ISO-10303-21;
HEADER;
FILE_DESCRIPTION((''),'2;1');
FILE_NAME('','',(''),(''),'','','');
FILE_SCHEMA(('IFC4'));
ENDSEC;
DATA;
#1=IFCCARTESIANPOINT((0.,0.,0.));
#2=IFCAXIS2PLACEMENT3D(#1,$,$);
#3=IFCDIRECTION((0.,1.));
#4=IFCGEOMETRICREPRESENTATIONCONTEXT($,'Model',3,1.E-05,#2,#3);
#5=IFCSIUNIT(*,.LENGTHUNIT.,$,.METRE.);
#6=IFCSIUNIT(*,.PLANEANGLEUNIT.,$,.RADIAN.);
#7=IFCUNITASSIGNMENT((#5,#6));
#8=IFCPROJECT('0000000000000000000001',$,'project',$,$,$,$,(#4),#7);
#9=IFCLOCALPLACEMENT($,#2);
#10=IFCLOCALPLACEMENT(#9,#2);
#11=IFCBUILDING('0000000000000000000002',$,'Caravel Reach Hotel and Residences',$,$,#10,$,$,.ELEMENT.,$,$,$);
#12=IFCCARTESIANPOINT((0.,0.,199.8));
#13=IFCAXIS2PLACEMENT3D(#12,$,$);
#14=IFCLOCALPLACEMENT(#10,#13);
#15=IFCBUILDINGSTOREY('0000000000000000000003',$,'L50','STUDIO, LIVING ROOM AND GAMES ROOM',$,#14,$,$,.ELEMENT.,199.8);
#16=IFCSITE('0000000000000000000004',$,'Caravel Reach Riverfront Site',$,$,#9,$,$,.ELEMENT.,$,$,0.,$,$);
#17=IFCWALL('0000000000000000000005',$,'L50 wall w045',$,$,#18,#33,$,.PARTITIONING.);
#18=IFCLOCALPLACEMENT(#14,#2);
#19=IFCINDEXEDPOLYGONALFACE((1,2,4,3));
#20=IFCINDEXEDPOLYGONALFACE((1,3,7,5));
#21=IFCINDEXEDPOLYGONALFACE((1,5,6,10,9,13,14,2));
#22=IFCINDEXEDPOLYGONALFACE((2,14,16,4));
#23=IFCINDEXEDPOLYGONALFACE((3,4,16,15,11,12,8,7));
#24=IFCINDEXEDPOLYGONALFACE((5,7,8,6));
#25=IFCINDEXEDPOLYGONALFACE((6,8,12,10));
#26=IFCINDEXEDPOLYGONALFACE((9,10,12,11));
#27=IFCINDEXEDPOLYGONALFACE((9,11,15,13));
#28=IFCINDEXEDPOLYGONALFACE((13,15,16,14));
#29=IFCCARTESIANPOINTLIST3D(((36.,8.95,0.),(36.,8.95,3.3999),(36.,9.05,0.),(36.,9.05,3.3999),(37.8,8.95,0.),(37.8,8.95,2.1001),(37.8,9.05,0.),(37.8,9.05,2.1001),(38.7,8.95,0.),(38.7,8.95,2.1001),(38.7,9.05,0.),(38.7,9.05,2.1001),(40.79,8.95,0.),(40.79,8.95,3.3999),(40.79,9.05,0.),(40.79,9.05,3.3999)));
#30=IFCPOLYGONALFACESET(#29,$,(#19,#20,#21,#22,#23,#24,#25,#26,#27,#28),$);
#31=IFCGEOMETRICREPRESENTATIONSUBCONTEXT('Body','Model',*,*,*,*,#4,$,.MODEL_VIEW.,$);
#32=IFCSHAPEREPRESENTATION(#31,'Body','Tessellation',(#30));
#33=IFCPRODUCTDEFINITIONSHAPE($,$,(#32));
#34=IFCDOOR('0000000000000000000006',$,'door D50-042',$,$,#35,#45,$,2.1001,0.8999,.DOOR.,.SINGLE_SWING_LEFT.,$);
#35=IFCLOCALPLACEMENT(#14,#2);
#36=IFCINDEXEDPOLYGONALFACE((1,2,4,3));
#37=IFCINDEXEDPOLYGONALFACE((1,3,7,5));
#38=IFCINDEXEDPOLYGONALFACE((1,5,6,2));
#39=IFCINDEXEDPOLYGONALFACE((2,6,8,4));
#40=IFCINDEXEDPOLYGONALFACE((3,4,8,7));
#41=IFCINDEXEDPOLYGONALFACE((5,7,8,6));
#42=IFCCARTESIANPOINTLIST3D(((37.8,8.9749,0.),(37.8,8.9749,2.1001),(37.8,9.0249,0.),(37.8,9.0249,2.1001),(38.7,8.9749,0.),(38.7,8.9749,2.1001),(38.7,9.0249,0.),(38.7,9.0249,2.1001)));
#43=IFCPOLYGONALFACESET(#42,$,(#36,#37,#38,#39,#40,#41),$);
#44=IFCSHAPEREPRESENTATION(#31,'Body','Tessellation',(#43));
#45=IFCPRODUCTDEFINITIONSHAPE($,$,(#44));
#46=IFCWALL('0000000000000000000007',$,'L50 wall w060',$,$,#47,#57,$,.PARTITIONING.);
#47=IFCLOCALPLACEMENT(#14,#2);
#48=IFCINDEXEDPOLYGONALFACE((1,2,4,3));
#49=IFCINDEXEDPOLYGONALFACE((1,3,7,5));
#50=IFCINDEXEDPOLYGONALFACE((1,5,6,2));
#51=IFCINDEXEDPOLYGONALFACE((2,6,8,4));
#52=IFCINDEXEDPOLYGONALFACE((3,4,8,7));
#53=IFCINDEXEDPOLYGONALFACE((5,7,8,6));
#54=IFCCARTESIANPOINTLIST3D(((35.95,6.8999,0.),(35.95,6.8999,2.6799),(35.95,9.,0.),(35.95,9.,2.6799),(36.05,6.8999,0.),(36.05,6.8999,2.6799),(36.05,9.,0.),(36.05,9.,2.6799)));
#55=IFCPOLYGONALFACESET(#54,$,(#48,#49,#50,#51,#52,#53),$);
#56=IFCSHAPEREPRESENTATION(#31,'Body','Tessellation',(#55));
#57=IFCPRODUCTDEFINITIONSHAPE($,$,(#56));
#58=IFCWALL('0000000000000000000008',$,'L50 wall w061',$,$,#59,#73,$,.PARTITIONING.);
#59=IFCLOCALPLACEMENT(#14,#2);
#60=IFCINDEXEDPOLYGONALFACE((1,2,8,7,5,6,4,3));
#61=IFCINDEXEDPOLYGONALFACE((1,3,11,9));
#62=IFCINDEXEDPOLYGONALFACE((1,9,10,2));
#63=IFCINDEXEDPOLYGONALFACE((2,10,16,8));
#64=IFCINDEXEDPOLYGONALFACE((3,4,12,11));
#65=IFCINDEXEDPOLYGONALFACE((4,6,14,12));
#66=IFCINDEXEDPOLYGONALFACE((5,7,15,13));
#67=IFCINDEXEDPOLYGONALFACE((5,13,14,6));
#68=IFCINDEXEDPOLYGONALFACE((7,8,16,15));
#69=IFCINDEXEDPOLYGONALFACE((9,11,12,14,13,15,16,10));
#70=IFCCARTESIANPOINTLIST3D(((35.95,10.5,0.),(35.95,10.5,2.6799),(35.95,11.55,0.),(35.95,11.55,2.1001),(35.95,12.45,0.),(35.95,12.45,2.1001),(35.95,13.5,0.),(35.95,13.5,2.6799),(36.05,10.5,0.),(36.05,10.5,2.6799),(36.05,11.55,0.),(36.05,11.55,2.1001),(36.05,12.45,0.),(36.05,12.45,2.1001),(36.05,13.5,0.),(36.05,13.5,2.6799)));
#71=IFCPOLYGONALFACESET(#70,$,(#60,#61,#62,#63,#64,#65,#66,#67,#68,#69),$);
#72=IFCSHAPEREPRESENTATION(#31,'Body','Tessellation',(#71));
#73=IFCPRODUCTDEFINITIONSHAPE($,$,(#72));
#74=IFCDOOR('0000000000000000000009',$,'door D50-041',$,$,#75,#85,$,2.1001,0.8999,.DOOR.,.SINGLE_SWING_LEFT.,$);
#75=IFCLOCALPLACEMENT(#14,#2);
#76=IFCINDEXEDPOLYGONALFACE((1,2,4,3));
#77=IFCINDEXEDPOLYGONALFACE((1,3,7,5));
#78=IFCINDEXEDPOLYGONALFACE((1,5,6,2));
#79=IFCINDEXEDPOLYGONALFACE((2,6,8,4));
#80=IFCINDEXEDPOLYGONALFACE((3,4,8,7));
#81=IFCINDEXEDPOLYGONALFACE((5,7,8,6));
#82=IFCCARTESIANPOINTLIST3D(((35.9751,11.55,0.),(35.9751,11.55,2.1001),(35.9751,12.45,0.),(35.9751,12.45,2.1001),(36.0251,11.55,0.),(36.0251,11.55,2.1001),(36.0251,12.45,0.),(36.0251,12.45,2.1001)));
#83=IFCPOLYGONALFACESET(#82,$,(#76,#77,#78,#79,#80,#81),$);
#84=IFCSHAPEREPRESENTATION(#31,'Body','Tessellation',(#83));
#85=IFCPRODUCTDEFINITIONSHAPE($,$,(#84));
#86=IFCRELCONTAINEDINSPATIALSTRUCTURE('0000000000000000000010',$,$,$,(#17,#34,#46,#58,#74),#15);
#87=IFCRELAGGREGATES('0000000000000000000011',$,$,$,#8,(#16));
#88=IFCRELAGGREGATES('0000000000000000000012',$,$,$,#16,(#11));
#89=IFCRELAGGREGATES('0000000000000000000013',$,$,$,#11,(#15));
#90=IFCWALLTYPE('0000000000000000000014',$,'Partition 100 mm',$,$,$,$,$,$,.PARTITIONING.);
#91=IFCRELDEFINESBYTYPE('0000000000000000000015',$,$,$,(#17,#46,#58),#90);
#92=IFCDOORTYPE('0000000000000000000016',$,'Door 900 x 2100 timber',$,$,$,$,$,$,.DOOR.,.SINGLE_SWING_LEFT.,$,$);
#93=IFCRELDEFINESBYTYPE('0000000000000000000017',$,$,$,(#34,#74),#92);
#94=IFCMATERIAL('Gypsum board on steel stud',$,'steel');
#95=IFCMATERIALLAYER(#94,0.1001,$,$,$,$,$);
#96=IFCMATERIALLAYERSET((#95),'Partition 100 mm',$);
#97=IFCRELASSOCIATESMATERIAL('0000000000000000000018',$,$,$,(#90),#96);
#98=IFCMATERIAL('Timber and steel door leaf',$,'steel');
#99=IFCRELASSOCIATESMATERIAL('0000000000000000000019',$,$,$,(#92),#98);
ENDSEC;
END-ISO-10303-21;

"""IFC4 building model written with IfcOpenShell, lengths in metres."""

from ifc_helpers import new_model, si_unit, direction, frame, frame_2d, origin, place, context, subcontext, project, spatial, rectangle, extrude, material, layer, layer_set, type_object, element, fill, save


model = new_model("IFC4")

# Units and contexts
model_context = context("Model", 3, precision=1e-05, world=origin(), true_north=direction((0.0, 1.0)))
body_context = subcontext(model_context, "Body", "Model", "MODEL_VIEW")
ifc_project = project(units=[si_unit("LENGTHUNIT", "METRE"), si_unit("PLANEANGLEUNIT", "RADIAN")], contexts=[model_context])

# Site, building, storey
site_placement = place(None, origin())
site = spatial("IfcSite", under=ifc_project, at=site_placement, Name="Caravel Reach Riverfront Site", CompositionType="ELEMENT", RefElevation=0.0)
building_placement = place(site_placement, origin())
building = spatial("IfcBuilding", under=site, at=building_placement, Name="Caravel Reach Hotel and Residences", CompositionType="ELEMENT")
storey_placement = place(building_placement, frame((0.0, 0.0, 199.8)))
storey = spatial("IfcBuildingStorey", under=building, at=storey_placement, Name="L50", Description="STUDIO, LIVING ROOM AND GAMES ROOM", CompositionType="ELEMENT", Elevation=199.8)

# Wall, opening, door
ifc_material_1 = material(Name="Gypsum board on steel stud", Category="steel")
ifc_layer_1 = layer(ifc_material_1, 0.1001)
ifc_layer_set_1 = layer_set([ifc_layer_1], Name="Partition 100 mm")
wall_type_1 = type_object("IfcWallType", Name="Partition 100 mm", PredefinedType="PARTITIONING", material=ifc_layer_set_1)
wall_1_placement = place(storey_placement, frame((36.0, 9.0, 0.0), z_axis=(0.0, 0.0, 1.0), x_axis=(1.0, 0.0, 0.0)))
wall_1 = element("IfcWall", 1, at=wall_1_placement, inside=storey, type_object=wall_type_1, Name="L50 wall w045", PredefinedType="PARTITIONING", context=body_context, shape_type="SweptSolid", body=[
    extrude(rectangle(XDim=4.79, YDim=0.1001, at=frame_2d((2.395, 0.0))), origin(), (0.0, 0.0, 1.0), 3.3999),
])
opening_1_placement = place(wall_1_placement, frame((1.8, 0.0, 0.0)))
opening_1 = element("IfcOpeningElement", 2, at=opening_1_placement, cuts=wall_1, PredefinedType="OPENING", context=body_context, shape_type="SweptSolid", body=[
    extrude(rectangle(XDim=0.8999, YDim=2.1001, at=frame_2d((0.45, 1.05))), frame((0.0, 0.0601, 0.0), z_axis=(0.0, -1.0, 0.0), x_axis=(1.0, 0.0, 0.0)), (0.0, 0.0, 1.0), 0.1201),
])
ifc_material_2 = material(Name="Timber and steel door leaf", Category="steel")
door_type = type_object("IfcDoorType", Name="Door 900 x 2100 timber", OperationType="SINGLE_SWING_LEFT", PredefinedType="DOOR", material=ifc_material_2)
door_1_placement = place(opening_1_placement, origin())
door_1 = element("IfcDoor", 3, at=door_1_placement, inside=storey, type_object=door_type, Name="door D50-042", OperationType="SINGLE_SWING_LEFT", OverallHeight=2.1001, OverallWidth=0.8999, PredefinedType="DOOR", context=body_context, shape_type="SweptSolid", body=[
    extrude(rectangle(XDim=0.8999, YDim=2.1001, at=frame_2d((0.45, 1.05))), frame((0.0, 0.0249, 0.0), z_axis=(0.0, -1.0, 0.0), x_axis=(1.0, 0.0, 0.0)), (0.0, 0.0, 1.0), 0.05),
])
fill(opening_1, door_1)

# Wall
wall_2_placement = place(storey_placement, frame((36.0, 6.8999, 0.0), z_axis=(0.0, 0.0, 1.0), x_axis=(0.0, 1.0, 0.0)))
element("IfcWall", 4, at=wall_2_placement, inside=storey, type_object=wall_type_1, Name="L50 wall w060", PredefinedType="PARTITIONING", context=body_context, shape_type="SweptSolid", body=[
    extrude(rectangle(XDim=2.1001, YDim=0.1001, at=frame_2d((1.05, 0.0))), origin(), (0.0, 0.0, 1.0), 2.6799),
])

# Wall, opening, door
wall_3_placement = place(storey_placement, frame((36.0, 10.5, 0.0), z_axis=(0.0, 0.0, 1.0), x_axis=(0.0, 1.0, 0.0)))
wall_3 = element("IfcWall", 5, at=wall_3_placement, inside=storey, type_object=wall_type_1, Name="L50 wall w061", PredefinedType="PARTITIONING", context=body_context, shape_type="SweptSolid", body=[
    extrude(rectangle(XDim=3.0, YDim=0.1001, at=frame_2d((1.5, 0.0))), origin(), (0.0, 0.0, 1.0), 2.6799),
])
opening_2_placement = place(wall_3_placement, frame((1.05, 0.0, 0.0)))
opening_2 = element("IfcOpeningElement", 6, at=opening_2_placement, cuts=wall_3, PredefinedType="OPENING", context=body_context, shape_type="SweptSolid", body=[
    extrude(rectangle(XDim=0.8999, YDim=2.1001, at=frame_2d((0.45, 1.05))), frame((0.0, 0.0601, 0.0), z_axis=(0.0, -1.0, 0.0), x_axis=(1.0, 0.0, 0.0)), (0.0, 0.0, 1.0), 0.1201),
])
door_2_placement = place(opening_2_placement, origin())
door_2 = element("IfcDoor", 7, at=door_2_placement, inside=storey, type_object=door_type, Name="door D50-041", OperationType="SINGLE_SWING_LEFT", OverallHeight=2.1001, OverallWidth=0.8999, PredefinedType="DOOR", context=body_context, shape_type="SweptSolid", body=[
    extrude(rectangle(XDim=0.8999, YDim=2.1001, at=frame_2d((0.45, 1.05))), frame((0.0, 0.0249, 0.0), z_axis=(0.0, -1.0, 0.0), x_axis=(1.0, 0.0, 0.0)), (0.0, 0.0, 1.0), 0.05),
])
fill(opening_2, door_2)

save(model, "model.ifc")
